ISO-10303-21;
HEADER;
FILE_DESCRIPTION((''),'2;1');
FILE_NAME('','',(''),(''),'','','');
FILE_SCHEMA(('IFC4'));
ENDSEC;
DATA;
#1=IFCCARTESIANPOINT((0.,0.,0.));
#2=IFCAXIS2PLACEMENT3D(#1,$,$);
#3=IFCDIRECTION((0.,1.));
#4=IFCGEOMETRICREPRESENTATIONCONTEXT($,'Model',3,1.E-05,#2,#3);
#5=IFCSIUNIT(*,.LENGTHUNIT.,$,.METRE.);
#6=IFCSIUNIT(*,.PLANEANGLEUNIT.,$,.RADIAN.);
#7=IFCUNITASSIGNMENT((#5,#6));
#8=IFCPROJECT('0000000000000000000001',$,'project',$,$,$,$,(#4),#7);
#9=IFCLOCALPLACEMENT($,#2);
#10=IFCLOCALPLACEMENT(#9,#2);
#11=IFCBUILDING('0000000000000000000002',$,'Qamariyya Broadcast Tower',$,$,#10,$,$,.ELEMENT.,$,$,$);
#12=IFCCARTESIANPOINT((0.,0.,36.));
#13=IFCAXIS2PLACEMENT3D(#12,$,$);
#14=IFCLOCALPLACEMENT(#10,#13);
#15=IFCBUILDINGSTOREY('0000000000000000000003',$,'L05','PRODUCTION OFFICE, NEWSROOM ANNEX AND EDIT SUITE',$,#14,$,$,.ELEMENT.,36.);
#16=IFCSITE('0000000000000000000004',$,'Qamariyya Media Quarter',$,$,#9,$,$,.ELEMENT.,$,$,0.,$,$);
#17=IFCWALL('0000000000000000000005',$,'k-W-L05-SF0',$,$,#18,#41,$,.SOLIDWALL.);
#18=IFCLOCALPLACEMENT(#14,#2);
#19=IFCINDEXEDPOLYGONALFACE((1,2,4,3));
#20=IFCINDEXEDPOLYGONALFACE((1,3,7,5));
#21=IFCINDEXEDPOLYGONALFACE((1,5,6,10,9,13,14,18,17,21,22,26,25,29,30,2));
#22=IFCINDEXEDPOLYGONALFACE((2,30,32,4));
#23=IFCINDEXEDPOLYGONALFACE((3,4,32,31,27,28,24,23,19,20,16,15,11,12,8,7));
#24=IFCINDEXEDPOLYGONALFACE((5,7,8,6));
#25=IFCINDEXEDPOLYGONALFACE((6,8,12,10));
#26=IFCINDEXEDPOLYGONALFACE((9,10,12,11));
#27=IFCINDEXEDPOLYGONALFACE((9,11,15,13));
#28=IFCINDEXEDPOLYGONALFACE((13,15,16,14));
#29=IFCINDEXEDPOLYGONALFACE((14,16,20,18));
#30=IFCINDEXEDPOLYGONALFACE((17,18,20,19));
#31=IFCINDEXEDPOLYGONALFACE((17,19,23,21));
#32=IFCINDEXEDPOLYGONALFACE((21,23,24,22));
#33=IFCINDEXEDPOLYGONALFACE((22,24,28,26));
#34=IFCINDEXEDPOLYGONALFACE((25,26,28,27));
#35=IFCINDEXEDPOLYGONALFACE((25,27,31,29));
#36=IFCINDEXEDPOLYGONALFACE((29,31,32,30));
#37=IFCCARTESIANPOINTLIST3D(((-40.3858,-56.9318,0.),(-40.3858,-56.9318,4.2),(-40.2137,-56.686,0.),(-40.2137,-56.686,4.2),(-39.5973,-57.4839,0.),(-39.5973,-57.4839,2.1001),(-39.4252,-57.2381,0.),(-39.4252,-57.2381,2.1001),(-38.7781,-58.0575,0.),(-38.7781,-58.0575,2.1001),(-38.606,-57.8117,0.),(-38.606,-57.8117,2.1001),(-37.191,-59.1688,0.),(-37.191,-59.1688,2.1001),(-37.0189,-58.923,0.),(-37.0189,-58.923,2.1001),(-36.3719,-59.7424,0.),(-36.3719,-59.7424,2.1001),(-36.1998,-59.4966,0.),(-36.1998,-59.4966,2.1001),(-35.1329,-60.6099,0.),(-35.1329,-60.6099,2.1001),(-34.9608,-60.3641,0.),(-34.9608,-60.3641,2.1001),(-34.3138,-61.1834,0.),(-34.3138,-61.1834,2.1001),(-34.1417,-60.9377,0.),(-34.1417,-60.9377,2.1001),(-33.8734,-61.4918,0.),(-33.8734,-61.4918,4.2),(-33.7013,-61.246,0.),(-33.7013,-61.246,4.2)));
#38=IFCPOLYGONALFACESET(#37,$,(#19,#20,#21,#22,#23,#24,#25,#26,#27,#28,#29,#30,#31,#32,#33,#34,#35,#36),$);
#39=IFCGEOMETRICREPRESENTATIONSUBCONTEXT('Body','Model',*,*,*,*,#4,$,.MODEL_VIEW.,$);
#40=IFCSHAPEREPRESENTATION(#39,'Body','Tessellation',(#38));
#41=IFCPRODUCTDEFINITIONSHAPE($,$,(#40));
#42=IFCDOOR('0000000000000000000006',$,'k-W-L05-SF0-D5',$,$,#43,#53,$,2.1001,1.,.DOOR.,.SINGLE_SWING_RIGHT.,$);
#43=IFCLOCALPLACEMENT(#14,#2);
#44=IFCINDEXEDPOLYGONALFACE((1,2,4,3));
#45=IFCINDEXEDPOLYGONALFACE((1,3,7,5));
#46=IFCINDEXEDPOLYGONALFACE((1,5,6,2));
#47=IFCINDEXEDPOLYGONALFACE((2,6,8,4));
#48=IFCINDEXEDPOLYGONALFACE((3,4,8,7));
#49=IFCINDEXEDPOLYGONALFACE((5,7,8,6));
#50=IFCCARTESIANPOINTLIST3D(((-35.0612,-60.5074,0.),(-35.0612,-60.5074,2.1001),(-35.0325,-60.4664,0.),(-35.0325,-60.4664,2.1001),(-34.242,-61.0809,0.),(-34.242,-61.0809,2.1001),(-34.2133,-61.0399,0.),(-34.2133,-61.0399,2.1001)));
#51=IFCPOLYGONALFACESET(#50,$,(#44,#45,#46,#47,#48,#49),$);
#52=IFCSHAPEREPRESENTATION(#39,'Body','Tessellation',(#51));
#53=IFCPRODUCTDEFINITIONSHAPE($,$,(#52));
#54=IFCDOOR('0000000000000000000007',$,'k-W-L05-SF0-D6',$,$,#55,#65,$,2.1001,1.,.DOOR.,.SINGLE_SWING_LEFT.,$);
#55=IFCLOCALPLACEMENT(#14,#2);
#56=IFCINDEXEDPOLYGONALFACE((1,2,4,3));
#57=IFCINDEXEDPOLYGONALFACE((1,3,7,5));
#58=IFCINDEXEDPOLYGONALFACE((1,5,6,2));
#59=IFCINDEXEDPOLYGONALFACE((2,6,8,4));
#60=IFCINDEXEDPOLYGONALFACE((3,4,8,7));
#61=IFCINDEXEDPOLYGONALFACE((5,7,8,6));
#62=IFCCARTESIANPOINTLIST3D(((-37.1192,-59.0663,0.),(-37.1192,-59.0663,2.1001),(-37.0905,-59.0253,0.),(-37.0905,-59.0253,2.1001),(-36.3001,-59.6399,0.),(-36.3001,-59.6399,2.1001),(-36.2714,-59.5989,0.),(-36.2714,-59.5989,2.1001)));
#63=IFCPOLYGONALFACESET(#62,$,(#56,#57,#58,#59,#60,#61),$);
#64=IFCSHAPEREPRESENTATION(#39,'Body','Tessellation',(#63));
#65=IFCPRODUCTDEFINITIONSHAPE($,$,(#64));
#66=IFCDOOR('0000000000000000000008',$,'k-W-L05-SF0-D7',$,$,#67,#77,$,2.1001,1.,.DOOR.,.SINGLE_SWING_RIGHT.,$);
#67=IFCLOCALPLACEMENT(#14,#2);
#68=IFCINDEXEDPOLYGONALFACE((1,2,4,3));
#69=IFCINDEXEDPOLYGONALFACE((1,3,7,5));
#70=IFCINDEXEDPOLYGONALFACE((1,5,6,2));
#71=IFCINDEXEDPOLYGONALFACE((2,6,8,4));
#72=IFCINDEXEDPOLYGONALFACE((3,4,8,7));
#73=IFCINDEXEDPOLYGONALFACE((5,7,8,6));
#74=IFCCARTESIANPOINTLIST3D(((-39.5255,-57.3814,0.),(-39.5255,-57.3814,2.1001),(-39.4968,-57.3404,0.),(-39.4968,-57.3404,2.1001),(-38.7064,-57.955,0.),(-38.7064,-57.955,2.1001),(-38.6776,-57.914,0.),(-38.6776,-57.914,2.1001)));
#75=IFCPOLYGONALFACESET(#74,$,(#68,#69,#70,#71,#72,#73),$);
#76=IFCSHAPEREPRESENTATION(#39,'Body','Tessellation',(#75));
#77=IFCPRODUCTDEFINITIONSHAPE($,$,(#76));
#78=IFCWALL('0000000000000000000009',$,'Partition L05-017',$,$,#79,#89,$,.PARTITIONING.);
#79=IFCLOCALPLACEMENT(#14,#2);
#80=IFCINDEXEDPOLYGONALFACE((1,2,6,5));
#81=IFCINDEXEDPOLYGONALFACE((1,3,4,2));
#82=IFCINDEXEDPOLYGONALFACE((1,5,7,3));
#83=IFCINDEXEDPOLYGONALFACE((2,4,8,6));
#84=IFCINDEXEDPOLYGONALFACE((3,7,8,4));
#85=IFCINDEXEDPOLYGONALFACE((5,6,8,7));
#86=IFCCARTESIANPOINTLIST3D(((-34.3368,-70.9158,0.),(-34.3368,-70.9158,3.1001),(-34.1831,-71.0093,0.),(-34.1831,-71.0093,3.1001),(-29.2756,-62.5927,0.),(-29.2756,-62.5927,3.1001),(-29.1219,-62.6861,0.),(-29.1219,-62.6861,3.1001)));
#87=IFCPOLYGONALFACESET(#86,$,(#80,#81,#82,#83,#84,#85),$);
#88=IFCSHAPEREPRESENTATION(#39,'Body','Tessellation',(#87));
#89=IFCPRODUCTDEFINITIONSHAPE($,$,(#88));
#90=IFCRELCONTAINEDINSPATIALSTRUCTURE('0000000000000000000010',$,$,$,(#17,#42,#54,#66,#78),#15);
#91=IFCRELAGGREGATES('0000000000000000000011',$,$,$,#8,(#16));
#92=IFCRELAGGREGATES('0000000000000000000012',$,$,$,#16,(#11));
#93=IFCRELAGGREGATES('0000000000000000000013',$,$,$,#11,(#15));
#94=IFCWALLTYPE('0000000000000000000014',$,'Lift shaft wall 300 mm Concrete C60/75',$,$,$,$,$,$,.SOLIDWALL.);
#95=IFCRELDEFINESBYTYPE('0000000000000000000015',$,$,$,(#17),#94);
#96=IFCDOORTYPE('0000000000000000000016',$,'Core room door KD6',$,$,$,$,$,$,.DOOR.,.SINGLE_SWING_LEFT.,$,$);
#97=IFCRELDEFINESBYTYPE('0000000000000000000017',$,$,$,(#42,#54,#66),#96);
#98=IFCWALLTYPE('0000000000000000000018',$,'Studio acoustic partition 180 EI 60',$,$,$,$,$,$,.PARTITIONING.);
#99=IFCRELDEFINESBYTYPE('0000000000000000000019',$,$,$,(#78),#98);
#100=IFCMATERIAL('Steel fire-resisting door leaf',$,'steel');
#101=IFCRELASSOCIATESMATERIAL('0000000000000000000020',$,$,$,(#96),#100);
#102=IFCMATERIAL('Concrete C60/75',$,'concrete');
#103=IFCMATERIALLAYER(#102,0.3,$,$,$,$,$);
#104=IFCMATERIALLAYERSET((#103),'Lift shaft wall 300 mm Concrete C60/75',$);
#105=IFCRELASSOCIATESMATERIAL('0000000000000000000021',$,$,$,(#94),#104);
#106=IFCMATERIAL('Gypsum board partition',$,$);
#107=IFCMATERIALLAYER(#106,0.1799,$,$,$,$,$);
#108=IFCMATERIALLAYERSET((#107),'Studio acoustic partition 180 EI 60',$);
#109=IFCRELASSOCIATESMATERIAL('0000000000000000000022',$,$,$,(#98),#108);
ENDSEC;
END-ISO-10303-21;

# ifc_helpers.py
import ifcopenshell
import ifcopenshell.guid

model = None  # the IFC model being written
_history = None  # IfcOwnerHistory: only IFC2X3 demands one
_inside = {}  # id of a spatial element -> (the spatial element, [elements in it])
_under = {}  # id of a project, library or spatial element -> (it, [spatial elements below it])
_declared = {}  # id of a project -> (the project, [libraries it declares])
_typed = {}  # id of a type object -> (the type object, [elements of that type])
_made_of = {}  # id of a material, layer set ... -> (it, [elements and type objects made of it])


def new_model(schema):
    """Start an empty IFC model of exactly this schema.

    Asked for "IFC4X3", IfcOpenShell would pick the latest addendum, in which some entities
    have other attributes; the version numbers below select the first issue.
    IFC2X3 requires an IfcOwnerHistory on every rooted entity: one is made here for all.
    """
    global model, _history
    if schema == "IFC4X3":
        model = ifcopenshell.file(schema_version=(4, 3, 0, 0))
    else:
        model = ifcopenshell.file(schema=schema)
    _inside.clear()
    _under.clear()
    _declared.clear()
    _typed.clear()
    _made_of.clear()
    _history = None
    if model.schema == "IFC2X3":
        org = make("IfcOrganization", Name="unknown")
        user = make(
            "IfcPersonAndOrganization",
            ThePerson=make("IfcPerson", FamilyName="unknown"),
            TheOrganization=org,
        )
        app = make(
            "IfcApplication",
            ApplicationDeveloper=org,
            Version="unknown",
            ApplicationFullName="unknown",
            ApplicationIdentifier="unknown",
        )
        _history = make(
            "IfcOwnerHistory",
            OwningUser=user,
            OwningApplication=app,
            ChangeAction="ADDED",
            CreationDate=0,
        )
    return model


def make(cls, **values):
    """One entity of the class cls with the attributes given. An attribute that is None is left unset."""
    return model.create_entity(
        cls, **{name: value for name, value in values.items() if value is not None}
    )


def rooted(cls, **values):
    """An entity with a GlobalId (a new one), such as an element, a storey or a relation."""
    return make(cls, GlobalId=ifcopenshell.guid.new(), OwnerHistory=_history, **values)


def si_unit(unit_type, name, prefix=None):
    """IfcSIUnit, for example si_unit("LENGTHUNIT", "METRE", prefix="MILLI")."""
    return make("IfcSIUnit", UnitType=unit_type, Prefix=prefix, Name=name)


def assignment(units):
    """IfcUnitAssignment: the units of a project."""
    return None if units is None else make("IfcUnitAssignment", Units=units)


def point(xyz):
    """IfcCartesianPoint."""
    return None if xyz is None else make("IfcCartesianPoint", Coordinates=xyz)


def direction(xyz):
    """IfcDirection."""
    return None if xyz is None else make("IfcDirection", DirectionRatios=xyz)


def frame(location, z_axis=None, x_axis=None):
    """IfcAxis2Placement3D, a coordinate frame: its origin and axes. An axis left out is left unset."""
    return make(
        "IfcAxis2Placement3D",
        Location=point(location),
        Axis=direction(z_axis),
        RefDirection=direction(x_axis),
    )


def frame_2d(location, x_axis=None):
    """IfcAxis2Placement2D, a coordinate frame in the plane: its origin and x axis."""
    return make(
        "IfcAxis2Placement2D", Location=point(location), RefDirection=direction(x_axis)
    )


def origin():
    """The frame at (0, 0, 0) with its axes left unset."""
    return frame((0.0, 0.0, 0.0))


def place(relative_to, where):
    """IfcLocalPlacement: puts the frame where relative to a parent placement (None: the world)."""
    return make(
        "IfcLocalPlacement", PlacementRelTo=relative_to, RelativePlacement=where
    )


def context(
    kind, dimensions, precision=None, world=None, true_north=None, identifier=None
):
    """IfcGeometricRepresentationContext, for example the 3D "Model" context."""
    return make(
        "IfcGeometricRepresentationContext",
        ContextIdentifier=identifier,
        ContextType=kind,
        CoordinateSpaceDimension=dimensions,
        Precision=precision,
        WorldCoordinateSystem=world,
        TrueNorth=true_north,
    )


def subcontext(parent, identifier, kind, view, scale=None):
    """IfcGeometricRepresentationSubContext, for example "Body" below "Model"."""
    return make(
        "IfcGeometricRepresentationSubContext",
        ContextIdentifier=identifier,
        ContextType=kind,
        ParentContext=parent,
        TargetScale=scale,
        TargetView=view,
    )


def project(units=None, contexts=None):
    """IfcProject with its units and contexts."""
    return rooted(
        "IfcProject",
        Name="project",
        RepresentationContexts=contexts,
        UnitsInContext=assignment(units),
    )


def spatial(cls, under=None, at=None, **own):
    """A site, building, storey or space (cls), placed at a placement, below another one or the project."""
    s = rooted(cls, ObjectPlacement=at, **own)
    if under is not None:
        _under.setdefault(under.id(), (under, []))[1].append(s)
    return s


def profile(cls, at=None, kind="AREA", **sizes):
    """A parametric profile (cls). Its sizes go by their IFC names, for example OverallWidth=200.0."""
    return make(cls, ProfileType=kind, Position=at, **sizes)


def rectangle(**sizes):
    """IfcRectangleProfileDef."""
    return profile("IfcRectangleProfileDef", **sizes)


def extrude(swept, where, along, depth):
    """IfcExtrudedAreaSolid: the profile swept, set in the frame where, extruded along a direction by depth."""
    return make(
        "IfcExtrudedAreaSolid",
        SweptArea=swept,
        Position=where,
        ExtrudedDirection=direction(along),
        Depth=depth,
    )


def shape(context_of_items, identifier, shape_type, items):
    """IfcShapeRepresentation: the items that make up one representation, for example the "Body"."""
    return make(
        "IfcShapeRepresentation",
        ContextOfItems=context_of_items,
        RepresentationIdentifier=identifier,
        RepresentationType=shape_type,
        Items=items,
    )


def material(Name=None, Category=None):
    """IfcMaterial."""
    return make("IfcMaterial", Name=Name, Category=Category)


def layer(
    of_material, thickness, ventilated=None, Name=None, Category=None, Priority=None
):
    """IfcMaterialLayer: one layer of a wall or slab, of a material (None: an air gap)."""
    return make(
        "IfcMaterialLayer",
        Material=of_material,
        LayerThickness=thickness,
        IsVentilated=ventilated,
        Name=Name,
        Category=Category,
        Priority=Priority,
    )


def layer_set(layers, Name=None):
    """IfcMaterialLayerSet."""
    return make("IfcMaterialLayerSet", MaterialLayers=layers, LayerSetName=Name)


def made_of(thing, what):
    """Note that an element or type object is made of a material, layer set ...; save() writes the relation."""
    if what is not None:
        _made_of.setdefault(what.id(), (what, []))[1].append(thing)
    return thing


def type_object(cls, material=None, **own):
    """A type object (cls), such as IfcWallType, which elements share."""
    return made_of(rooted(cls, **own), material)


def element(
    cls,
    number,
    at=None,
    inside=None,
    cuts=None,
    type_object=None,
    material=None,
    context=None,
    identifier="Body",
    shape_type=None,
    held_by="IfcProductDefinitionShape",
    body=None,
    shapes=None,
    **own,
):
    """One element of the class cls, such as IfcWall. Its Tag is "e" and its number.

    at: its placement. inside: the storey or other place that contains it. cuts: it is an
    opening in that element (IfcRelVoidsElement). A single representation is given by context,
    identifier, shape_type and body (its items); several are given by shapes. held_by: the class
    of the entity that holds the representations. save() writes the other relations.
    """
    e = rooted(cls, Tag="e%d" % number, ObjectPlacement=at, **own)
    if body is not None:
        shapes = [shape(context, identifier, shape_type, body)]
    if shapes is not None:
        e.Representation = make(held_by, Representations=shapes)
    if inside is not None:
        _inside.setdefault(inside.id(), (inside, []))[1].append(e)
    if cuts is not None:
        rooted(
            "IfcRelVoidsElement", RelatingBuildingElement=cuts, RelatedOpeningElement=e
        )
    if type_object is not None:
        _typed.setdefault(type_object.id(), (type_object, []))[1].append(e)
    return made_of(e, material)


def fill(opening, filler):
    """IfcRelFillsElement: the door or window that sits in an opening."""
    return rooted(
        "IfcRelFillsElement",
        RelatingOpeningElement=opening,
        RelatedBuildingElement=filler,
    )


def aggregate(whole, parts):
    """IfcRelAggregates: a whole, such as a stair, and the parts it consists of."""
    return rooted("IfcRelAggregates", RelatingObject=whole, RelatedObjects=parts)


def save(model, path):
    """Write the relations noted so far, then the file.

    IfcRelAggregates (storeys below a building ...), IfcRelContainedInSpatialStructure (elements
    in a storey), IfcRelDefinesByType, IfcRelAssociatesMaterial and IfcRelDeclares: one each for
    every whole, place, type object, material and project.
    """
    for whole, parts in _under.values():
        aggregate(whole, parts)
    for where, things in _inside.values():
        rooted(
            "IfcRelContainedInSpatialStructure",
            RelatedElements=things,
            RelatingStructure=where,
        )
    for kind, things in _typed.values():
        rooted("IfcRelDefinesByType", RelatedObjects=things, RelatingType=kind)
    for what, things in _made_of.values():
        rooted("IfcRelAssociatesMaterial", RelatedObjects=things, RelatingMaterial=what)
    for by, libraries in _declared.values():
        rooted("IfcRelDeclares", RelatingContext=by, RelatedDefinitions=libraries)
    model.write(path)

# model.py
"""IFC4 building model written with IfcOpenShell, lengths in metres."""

from ifc_helpers import new_model, si_unit, direction, frame, frame_2d, origin, place, context, subcontext, project, spatial, rectangle, extrude, material, layer, layer_set, type_object, element, fill, save


model = new_model("IFC4")

# Units and contexts
model_context = context("Model", 3, precision=1e-05, world=origin(), true_north=direction((0.0, 1.0)))
body_context = subcontext(model_context, "Body", "Model", "MODEL_VIEW")
ifc_project = project(units=[si_unit("LENGTHUNIT", "METRE"), si_unit("PLANEANGLEUNIT", "RADIAN")], contexts=[model_context])

# Site, building, storey
site_placement = place(None, origin())
site = spatial("IfcSite", under=ifc_project, at=site_placement, Name="Qamariyya Media Quarter", CompositionType="ELEMENT", RefElevation=0.0)
building_placement = place(site_placement, origin())
building = spatial("IfcBuilding", under=site, at=building_placement, Name="Qamariyya Broadcast Tower", CompositionType="ELEMENT")
storey_placement = place(building_placement, frame((0.0, 0.0, 36.0)))
storey = spatial("IfcBuildingStorey", under=building, at=storey_placement, Name="L05", Description="PRODUCTION OFFICE, NEWSROOM ANNEX AND EDIT SUITE", CompositionType="ELEMENT", Elevation=36.0)

# Shared definitions
ifc_material_1 = material(Name="Steel fire-resisting door leaf", Category="steel")
door_type_1 = type_object("IfcDoorType", Name="Core room door KD6", OperationType="SINGLE_SWING_LEFT", PredefinedType="DOOR", material=ifc_material_1)

# Shared definitions
ifc_material_2 = material(Name="Gypsum board partition")

# Shared definitions
ifc_material_3 = material(Name="Concrete C60/75", Category="concrete")
ifc_layer_1 = layer(ifc_material_3, 0.3)
ifc_layer_set_1 = layer_set([ifc_layer_1], Name="Lift shaft wall 300 mm Concrete C60/75")
wall_type_1 = type_object("IfcWallType", Name="Lift shaft wall 300 mm Concrete C60/75", PredefinedType="SOLIDWALL", material=ifc_layer_set_1)

# Wall, openings, doors
wall_1_placement = place(storey_placement, frame((-33.7874, -61.3689, 0.0), z_axis=(0.0, 0.0, 1.0), x_axis=(-0.819153, 0.573576, 0.0)))
wall_1 = element("IfcWall", 1, at=wall_1_placement, inside=storey, type_object=wall_type_1, Name="k-W-L05-SF0", PredefinedType="SOLIDWALL", context=body_context, shape_type="SweptSolid", body=[
    extrude(rectangle(XDim=7.9502, YDim=0.3, at=frame_2d((3.9751, 0.0))), origin(), (0.0, 0.0, 1.0), 4.2),
])
opening_1_placement = place(wall_1_placement, frame((0.5376, 0.0, 0.0)))
opening_1 = element("IfcOpeningElement", 2, at=opening_1_placement, cuts=wall_1, PredefinedType="OPENING", context=body_context, shape_type="SweptSolid", body=[
    extrude(rectangle(XDim=1.0, YDim=2.1001, at=frame_2d((0.5, 1.05))), frame((0.0, 0.1599, 0.0), z_axis=(0.0, -1.0, 0.0), x_axis=(1.0, 0.0, 0.0)), (0.0, 0.0, 1.0), 0.3201),
])
opening_2_placement = place(wall_1_placement, frame((3.05, 0.0, 0.0)))
opening_2 = element("IfcOpeningElement", 3, at=opening_2_placement, cuts=wall_1, PredefinedType="OPENING", context=body_context, shape_type="SweptSolid", body=[
    extrude(rectangle(XDim=1.0, YDim=2.1001, at=frame_2d((0.5, 1.05))), frame((0.0, 0.1599, 0.0), z_axis=(0.0, -1.0, 0.0), x_axis=(1.0, 0.0, 0.0)), (0.0, 0.0, 1.0), 0.3201),
])
opening_3_placement = place(wall_1_placement, frame((5.9875, 0.0, 0.0)))
opening_3 = element("IfcOpeningElement", 4, at=opening_3_placement, cuts=wall_1, PredefinedType="OPENING", context=body_context, shape_type="SweptSolid", body=[
    extrude(rectangle(XDim=1.0, YDim=2.1001, at=frame_2d((0.5, 1.05))), frame((0.0, 0.1599, 0.0), z_axis=(0.0, -1.0, 0.0), x_axis=(1.0, 0.0, 0.0)), (0.0, 0.0, 1.0), 0.3201),
])
door_1_placement = place(opening_1_placement, origin())
door_1 = element("IfcDoor", 5, at=door_1_placement, inside=storey, type_object=door_type_1, Name="k-W-L05-SF0-D5", OperationType="SINGLE_SWING_RIGHT", OverallHeight=2.1001, OverallWidth=1.0, PredefinedType="DOOR", context=body_context, shape_type="SweptSolid", body=[
    extrude(rectangle(XDim=1.0, YDim=2.1001, at=frame_2d((0.5, 1.05))), frame((0.0, 0.0249, 0.0), z_axis=(0.0, -1.0, 0.0), x_axis=(1.0, 0.0, 0.0)), (0.0, 0.0, 1.0), 0.05),
])
fill(opening_1, door_1)
door_2_placement = place(opening_2_placement, origin())
door_2 = element("IfcDoor", 6, at=door_2_placement, inside=storey, type_object=door_type_1, Name="k-W-L05-SF0-D6", OperationType="SINGLE_SWING_LEFT", OverallHeight=2.1001, OverallWidth=1.0, PredefinedType="DOOR", context=body_context, shape_type="SweptSolid", body=[
    extrude(rectangle(XDim=1.0, YDim=2.1001, at=frame_2d((0.5, 1.05))), frame((0.0, 0.0249, 0.0), z_axis=(0.0, -1.0, 0.0), x_axis=(1.0, 0.0, 0.0)), (0.0, 0.0, 1.0), 0.05),
])
fill(opening_2, door_2)
door_3_placement = place(opening_3_placement, origin())
door_3 = element("IfcDoor", 7, at=door_3_placement, inside=storey, type_object=door_type_1, Name="k-W-L05-SF0-D7", OperationType="SINGLE_SWING_RIGHT", OverallHeight=2.1001, OverallWidth=1.0, PredefinedType="DOOR", context=body_context, shape_type="SweptSolid", body=[
    extrude(rectangle(XDim=1.0, YDim=2.1001, at=frame_2d((0.5, 1.05))), frame((0.0, 0.0249, 0.0), z_axis=(0.0, -1.0, 0.0), x_axis=(1.0, 0.0, 0.0)), (0.0, 0.0, 1.0), 0.05),
])
fill(opening_3, door_3)

# Wall
ifc_layer_2 = layer(ifc_material_2, 0.1799)
ifc_layer_set_2 = layer_set([ifc_layer_2], Name="Studio acoustic partition 180 EI 60")
wall_type_2 = type_object("IfcWallType", Name="Studio acoustic partition 180 EI 60", PredefinedType="PARTITIONING", material=ifc_layer_set_2)
wall_2_placement = place(storey_placement, frame((-29.1987, -62.6394, 0.0), z_axis=(0.0, 0.0, 1.0), x_axis=(-0.519569, -0.854428, 0.0)))
element("IfcWall", 8, at=wall_2_placement, inside=storey, type_object=wall_type_2, Name="Partition L05-017", PredefinedType="PARTITIONING", context=body_context, shape_type="SweptSolid", body=[
    extrude(rectangle(XDim=9.7412, YDim=0.1799, at=frame_2d((4.8706, 0.0))), origin(), (0.0, 0.0, 1.0), 3.1001),
])

save(model, "model.ifc")
